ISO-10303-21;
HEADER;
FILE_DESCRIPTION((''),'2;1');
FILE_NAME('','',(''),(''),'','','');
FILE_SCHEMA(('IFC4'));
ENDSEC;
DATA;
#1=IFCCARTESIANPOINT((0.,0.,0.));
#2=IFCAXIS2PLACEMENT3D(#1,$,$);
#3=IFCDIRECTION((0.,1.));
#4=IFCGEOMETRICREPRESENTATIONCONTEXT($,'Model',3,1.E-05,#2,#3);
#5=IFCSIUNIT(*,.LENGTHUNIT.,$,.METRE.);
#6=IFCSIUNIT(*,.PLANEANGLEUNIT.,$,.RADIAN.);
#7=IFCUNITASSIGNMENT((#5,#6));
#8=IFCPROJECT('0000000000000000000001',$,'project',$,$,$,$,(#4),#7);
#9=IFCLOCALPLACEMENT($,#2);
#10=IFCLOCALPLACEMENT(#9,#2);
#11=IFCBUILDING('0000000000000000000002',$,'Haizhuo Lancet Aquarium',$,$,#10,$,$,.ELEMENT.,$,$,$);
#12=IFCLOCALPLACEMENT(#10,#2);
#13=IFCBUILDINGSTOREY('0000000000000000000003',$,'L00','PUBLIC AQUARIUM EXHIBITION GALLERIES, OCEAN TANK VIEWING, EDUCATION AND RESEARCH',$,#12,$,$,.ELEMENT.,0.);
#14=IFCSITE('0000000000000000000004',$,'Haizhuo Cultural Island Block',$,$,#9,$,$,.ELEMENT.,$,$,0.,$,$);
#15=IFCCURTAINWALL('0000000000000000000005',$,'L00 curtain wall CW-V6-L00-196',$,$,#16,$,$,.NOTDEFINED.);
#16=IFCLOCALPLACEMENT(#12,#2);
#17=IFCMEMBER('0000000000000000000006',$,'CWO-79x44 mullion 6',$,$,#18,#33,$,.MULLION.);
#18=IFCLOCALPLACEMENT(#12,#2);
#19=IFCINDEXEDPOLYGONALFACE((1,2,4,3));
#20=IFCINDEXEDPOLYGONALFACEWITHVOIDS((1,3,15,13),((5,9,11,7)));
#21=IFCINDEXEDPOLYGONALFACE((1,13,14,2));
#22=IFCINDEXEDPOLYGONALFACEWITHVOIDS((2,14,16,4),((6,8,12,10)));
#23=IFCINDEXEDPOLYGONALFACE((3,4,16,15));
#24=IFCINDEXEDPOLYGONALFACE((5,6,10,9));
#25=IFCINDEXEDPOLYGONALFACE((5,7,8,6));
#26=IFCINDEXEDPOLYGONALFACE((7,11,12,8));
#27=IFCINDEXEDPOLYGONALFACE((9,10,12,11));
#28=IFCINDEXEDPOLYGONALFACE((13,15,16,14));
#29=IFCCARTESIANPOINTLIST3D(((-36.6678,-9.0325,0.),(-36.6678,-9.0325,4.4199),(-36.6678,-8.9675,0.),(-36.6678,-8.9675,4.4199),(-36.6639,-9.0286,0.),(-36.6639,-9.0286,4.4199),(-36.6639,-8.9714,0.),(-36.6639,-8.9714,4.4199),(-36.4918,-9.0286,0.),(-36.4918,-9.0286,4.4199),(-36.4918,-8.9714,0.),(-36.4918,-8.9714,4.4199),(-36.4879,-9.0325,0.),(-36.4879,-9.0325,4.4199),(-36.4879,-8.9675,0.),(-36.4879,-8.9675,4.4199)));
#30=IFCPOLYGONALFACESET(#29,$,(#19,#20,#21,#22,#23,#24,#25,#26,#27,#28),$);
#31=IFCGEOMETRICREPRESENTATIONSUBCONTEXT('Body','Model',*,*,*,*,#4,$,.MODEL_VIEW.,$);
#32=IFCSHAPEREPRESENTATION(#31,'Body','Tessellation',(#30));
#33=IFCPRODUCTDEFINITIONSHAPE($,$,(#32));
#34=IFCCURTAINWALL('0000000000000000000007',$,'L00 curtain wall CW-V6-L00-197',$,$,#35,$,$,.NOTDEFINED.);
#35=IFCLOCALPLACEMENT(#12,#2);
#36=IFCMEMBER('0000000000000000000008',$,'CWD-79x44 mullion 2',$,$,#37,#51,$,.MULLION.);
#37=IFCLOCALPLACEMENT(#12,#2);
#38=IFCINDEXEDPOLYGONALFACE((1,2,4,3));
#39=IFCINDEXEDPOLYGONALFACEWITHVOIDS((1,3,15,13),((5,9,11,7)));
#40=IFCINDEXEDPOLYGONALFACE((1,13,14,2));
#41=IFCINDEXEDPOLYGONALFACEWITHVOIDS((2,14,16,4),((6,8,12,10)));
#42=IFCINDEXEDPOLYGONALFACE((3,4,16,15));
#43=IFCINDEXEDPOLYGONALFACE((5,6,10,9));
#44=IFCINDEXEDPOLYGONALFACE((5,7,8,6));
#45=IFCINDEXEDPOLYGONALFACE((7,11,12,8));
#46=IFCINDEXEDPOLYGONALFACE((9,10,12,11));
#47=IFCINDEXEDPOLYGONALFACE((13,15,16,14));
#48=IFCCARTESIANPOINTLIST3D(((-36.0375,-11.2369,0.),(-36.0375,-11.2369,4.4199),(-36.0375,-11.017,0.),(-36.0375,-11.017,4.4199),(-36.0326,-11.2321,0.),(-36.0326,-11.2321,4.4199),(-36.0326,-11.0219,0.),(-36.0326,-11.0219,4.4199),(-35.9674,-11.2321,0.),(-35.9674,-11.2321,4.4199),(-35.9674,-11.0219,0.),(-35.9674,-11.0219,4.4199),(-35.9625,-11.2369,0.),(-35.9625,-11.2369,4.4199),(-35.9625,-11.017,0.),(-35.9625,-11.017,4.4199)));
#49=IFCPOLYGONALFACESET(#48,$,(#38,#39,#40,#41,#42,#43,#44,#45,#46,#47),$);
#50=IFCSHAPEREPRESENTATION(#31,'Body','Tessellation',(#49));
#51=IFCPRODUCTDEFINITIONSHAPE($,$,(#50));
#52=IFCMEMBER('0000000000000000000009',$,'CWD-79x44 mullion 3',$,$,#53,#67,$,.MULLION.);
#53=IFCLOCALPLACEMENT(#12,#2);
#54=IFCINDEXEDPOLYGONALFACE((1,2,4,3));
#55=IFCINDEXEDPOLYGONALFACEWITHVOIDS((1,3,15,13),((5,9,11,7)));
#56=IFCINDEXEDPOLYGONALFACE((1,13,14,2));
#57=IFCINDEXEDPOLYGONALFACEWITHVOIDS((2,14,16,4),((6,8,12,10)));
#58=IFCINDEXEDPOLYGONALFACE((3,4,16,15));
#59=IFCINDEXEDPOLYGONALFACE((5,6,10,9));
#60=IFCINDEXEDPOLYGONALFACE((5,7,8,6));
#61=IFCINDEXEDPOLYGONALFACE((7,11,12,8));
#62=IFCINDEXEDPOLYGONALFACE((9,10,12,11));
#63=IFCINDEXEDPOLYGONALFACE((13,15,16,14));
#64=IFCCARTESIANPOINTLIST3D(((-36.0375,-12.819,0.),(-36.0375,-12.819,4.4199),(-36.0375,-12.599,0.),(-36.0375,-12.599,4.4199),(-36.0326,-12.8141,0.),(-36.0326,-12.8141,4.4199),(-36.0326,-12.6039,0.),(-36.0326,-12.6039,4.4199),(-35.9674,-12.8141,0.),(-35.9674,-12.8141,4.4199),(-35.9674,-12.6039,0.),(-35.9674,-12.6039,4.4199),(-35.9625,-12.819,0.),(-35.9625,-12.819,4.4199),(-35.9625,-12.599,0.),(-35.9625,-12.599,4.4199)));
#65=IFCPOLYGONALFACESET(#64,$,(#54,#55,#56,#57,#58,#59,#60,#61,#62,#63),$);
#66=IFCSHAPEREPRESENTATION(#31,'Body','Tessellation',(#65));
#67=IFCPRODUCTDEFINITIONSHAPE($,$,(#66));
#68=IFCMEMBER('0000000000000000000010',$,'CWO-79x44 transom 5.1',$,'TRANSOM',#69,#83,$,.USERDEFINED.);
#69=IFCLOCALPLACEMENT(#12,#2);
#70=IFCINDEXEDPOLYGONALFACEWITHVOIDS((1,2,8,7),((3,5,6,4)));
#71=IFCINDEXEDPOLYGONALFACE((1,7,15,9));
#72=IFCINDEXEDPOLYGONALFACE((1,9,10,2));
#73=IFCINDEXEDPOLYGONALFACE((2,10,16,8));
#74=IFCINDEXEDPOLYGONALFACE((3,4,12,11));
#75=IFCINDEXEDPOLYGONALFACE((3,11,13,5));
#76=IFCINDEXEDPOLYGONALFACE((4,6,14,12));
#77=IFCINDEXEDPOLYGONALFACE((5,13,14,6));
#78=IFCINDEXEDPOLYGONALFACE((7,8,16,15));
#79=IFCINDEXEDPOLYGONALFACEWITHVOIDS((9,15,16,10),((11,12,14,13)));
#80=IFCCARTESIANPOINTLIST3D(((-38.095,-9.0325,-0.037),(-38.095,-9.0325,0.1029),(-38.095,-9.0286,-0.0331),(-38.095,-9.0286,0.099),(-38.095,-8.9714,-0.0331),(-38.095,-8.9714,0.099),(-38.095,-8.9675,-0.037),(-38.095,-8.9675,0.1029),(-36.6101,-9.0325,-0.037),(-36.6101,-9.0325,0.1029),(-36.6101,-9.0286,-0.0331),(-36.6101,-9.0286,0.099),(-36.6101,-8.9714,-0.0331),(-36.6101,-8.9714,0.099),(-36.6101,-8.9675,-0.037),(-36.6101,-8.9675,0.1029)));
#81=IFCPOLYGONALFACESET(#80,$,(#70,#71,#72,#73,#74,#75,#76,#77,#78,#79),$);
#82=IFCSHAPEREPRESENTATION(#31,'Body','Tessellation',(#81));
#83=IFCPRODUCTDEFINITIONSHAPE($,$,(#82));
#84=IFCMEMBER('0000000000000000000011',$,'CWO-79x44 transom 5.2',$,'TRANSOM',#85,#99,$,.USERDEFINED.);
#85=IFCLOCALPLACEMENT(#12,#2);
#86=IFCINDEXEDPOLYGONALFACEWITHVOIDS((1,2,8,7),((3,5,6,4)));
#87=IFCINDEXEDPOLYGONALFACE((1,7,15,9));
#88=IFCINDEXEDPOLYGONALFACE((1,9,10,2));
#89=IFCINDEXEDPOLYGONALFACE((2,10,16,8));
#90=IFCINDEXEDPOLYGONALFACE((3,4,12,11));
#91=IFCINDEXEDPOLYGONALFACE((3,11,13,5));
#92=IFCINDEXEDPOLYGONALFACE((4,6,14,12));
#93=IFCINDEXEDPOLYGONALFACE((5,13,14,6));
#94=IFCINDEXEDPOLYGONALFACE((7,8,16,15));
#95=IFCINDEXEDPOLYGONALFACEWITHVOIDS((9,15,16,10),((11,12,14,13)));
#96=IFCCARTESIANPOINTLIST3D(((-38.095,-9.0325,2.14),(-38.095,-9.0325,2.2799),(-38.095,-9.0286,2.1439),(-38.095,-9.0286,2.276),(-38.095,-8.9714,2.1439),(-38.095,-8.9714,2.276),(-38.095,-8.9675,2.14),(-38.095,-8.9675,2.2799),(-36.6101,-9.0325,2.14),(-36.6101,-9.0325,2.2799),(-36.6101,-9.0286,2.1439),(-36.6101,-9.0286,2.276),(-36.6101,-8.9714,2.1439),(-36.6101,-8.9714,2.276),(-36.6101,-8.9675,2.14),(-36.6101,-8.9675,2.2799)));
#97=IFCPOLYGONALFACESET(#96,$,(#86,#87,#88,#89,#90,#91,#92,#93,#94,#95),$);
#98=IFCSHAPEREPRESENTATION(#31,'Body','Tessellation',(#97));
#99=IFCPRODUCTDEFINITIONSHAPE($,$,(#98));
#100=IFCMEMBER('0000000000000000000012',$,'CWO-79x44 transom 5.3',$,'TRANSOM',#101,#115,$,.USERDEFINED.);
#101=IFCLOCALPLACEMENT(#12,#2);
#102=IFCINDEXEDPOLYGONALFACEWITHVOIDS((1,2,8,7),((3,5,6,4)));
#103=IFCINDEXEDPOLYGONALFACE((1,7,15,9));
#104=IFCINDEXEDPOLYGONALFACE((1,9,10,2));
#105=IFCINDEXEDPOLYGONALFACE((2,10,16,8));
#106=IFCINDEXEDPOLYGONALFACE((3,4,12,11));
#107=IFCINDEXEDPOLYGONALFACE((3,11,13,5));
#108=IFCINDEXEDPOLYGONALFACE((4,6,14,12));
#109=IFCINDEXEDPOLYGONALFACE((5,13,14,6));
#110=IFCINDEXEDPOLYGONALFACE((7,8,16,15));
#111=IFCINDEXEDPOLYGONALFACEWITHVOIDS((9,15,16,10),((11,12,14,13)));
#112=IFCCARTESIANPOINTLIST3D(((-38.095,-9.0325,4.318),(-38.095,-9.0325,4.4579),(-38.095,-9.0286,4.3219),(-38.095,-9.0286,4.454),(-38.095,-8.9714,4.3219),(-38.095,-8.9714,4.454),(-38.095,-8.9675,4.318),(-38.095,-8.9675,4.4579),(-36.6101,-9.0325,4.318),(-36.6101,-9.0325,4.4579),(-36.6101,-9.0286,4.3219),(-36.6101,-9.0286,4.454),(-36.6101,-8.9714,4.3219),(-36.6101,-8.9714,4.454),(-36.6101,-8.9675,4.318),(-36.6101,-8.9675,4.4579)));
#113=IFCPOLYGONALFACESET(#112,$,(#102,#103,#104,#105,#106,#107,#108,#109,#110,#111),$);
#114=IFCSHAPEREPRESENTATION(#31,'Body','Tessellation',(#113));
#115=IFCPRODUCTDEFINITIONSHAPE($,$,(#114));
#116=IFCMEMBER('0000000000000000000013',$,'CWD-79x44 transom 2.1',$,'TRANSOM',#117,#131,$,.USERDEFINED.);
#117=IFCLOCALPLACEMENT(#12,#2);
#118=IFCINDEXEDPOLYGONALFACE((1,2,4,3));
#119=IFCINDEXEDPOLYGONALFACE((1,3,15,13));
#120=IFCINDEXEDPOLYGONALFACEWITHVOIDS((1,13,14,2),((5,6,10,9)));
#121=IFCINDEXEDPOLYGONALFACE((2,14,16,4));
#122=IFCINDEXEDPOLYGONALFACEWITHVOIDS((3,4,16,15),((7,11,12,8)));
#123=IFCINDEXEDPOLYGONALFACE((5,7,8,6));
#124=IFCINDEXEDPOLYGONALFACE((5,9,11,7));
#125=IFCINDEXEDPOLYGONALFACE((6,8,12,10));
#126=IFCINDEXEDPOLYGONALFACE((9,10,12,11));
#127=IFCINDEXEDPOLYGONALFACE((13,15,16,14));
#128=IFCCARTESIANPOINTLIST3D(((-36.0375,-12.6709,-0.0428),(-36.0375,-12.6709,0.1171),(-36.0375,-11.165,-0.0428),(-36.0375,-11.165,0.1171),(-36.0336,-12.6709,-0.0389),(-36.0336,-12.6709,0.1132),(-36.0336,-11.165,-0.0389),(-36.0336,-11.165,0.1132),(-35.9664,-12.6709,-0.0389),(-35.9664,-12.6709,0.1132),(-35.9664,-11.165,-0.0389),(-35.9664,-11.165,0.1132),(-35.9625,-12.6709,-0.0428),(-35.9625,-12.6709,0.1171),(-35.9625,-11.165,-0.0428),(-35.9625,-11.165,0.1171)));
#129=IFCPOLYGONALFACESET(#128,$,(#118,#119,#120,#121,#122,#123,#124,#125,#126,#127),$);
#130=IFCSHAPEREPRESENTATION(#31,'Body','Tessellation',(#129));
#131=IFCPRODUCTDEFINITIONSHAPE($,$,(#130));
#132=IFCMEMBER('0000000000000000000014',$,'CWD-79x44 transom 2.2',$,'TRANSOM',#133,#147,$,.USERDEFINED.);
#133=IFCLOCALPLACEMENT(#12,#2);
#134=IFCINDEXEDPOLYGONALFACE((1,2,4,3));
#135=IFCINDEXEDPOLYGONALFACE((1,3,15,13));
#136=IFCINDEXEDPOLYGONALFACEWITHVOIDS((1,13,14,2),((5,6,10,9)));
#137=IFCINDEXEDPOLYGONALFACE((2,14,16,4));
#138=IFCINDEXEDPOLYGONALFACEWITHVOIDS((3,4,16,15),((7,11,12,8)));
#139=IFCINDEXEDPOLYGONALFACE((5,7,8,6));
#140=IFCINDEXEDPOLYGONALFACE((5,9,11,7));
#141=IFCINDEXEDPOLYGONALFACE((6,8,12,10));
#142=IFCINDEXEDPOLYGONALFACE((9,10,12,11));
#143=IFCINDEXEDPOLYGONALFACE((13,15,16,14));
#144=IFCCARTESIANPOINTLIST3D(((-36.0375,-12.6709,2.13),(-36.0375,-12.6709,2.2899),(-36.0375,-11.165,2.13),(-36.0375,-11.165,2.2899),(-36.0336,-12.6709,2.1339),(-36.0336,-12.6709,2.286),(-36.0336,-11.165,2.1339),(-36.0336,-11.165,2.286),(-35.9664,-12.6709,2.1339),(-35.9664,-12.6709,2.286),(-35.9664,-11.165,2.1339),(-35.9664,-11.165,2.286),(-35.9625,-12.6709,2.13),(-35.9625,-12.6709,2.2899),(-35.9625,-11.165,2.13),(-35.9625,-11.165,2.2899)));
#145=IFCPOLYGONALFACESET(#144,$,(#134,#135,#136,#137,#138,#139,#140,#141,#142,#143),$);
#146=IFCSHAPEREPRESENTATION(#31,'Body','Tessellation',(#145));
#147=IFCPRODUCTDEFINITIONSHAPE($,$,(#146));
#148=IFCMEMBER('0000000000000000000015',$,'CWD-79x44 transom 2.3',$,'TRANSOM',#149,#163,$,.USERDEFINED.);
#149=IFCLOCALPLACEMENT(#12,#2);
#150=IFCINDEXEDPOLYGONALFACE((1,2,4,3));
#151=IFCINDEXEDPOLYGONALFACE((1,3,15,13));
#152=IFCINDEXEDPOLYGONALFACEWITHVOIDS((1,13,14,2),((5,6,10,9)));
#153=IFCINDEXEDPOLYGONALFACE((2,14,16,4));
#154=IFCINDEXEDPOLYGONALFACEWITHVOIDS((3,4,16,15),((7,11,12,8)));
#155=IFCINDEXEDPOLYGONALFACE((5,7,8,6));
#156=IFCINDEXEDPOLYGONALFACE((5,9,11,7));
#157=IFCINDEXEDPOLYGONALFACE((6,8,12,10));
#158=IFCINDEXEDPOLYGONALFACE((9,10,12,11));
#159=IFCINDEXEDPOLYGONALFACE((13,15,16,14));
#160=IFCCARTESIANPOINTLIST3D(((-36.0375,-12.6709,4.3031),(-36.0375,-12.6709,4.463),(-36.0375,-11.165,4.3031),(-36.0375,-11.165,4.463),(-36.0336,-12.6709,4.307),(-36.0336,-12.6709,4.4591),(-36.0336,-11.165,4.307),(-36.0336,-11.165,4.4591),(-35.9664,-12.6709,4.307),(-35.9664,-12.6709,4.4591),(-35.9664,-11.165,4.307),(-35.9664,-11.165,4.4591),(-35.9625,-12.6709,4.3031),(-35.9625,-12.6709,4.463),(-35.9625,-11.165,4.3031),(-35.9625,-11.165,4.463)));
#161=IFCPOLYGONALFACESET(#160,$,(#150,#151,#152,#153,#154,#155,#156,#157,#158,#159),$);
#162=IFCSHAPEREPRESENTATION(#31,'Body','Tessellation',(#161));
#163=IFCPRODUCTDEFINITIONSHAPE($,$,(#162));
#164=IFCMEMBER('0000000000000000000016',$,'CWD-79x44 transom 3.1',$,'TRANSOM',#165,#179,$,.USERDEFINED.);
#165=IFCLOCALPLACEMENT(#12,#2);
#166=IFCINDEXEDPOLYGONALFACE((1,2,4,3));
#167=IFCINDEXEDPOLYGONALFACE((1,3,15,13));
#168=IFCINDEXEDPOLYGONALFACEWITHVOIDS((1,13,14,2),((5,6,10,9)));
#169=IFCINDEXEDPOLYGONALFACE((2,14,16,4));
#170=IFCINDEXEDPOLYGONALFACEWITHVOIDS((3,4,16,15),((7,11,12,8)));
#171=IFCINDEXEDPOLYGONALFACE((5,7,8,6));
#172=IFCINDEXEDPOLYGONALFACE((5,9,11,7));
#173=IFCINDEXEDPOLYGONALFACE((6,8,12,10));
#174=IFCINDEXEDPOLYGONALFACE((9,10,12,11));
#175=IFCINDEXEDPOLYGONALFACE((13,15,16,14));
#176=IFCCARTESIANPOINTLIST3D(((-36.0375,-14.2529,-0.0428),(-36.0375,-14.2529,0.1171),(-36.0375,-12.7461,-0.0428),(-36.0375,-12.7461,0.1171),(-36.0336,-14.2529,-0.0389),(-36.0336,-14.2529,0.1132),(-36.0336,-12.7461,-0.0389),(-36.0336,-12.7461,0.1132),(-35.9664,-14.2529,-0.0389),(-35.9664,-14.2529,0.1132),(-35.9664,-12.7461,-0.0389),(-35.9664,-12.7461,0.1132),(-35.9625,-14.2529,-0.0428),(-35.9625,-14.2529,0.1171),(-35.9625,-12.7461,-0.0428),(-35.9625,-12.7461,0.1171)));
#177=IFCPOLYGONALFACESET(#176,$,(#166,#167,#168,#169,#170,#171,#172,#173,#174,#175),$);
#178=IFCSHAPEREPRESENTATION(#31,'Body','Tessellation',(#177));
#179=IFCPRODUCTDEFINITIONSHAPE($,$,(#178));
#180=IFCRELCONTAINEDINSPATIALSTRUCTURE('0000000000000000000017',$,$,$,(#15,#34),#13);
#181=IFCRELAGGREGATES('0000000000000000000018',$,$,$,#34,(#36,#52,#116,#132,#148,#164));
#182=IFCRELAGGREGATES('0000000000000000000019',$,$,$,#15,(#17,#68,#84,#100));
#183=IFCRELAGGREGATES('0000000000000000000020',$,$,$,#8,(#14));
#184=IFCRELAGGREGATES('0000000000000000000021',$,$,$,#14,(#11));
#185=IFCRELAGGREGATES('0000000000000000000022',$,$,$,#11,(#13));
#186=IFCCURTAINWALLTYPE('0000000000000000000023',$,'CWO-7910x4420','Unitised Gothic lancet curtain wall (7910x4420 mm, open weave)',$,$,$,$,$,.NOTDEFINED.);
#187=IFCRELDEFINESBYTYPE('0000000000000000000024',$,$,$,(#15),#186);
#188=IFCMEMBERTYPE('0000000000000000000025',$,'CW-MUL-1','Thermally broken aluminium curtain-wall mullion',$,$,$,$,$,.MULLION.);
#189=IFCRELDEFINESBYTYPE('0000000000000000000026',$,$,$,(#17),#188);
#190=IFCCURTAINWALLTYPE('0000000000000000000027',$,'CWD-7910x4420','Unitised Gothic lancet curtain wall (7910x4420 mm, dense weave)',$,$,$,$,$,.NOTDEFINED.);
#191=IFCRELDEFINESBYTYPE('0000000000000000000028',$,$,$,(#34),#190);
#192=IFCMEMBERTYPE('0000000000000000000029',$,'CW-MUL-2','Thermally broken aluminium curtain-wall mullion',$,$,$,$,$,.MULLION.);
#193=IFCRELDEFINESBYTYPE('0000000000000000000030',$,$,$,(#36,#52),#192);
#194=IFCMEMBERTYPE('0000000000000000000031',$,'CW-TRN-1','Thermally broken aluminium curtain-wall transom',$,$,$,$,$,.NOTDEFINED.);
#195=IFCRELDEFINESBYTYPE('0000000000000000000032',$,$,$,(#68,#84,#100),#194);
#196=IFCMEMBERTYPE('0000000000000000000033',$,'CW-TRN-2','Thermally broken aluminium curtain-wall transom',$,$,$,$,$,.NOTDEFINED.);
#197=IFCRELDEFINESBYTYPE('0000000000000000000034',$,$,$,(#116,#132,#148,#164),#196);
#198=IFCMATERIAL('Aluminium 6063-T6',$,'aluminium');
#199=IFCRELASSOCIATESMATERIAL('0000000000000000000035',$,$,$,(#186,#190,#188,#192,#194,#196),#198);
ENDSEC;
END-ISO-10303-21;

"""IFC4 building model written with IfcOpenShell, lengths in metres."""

from ifc_helpers import new_model, si_unit, direction, frame, origin, origin_2d, place, context, subcontext, project, spatial, hollow_rectangle, extrude, material, material_profile, profile_set, type_object, element, aggregate, save


model = new_model("IFC4")

# Units and contexts
model_context = context("Model", 3, precision=1e-05, world=origin(), true_north=direction((0.0, 1.0)))
body_context = subcontext(model_context, "Body", "Model", "MODEL_VIEW")
ifc_project = project(units=[si_unit("LENGTHUNIT", "METRE"), si_unit("PLANEANGLEUNIT", "RADIAN")], contexts=[model_context])

# Site, building, storey
site_placement = place(None, origin())
site = spatial("IfcSite", under=ifc_project, at=site_placement, Name="Haizhuo Cultural Island Block", CompositionType="ELEMENT", RefElevation=0.0)
building_placement = place(site_placement, origin())
building = spatial("IfcBuilding", under=site, at=building_placement, Name="Haizhuo Lancet Aquarium", CompositionType="ELEMENT")
storey_placement = place(building_placement, origin())
storey = spatial("IfcBuildingStorey", under=building, at=storey_placement, Name="L00", Description="PUBLIC AQUARIUM EXHIBITION GALLERIES, OCEAN TANK VIEWING, EDUCATION AND RESEARCH", CompositionType="ELEMENT", Elevation=0.0)

# Curtain wall, member
ifc_material_1 = material(Name="Aluminium 6063-T6", Category="aluminium")
curtain_wall_type_1 = type_object("IfcCurtainWallType", Name="CWO-7910x4420", Description="Unitised Gothic lancet curtain wall (7910x4420 mm, open weave)", PredefinedType="NOTDEFINED", material=ifc_material_1)
curtain_wall_1_placement = place(storey_placement, origin())
curtain_wall_1 = element("IfcCurtainWall", 1, at=curtain_wall_1_placement, inside=storey, type_object=curtain_wall_type_1, Name="L00 curtain wall CW-V6-L00-196", PredefinedType="NOTDEFINED")
ifc_material_profile_1 = material_profile(ifc_material_1, hollow_rectangle(XDim=0.0649, YDim=0.1799, WallThickness=0.0039, at=origin_2d()), Name="ALU-M 65x180x4")
ifc_profile_set_1 = profile_set([ifc_material_profile_1], Name="Aluminium 6063-T6")
member_type_1 = type_object("IfcMemberType", Name="CW-MUL-1", Description="Thermally broken aluminium curtain-wall mullion", PredefinedType="MULLION", material=ifc_profile_set_1)
member_1_placement = place(storey_placement, frame((-36.5779, -9.0, 0.0), z_axis=(0.0, 0.0, 1.0), x_axis=(0.0, 1.0, 0.0)))
member_1 = element("IfcMember", 2, at=member_1_placement, type_object=member_type_1, Name="CWO-79x44 mullion 6", PredefinedType="MULLION", context=body_context, shape_type="SweptSolid", body=[
    extrude(hollow_rectangle(XDim=0.0649, YDim=0.1799, WallThickness=0.0039, at=origin_2d()), origin(), (0.0, 0.0, 1.0), 4.4199),
])

# Curtain wall, members
curtain_wall_type_2 = type_object("IfcCurtainWallType", Name="CWD-7910x4420", Description="Unitised Gothic lancet curtain wall (7910x4420 mm, dense weave)", PredefinedType="NOTDEFINED", material=ifc_material_1)
curtain_wall_2_placement = place(storey_placement, origin())
curtain_wall_2 = element("IfcCurtainWall", 3, at=curtain_wall_2_placement, inside=storey, type_object=curtain_wall_type_2, Name="L00 curtain wall CW-V6-L00-197", PredefinedType="NOTDEFINED")
ifc_material_profile_2 = material_profile(ifc_material_1, hollow_rectangle(XDim=0.075, YDim=0.22, WallThickness=0.0049, at=origin_2d()), Name="ALU-M 75x220x5")
ifc_profile_set_2 = profile_set([ifc_material_profile_2], Name="Aluminium 6063-T6")
member_type_2 = type_object("IfcMemberType", Name="CW-MUL-2", Description="Thermally broken aluminium curtain-wall mullion", PredefinedType="MULLION", material=ifc_profile_set_2)
member_2_placement = place(storey_placement, frame((-36.0, -11.127, 0.0), z_axis=(0.0, 0.0, 1.0), x_axis=(1.0, 0.0, 0.0)))
member_2 = element("IfcMember", 4, at=member_2_placement, type_object=member_type_2, Name="CWD-79x44 mullion 2", PredefinedType="MULLION", context=body_context, shape_type="SweptSolid", body=[
    extrude(hollow_rectangle(XDim=0.075, YDim=0.22, WallThickness=0.0049, at=origin_2d()), origin(), (0.0, 0.0, 1.0), 4.4199),
])
member_3_placement = place(storey_placement, frame((-36.0, -12.709, 0.0), z_axis=(0.0, 0.0, 1.0), x_axis=(1.0, 0.0, 0.0)))
member_3 = element("IfcMember", 5, at=member_3_placement, type_object=member_type_2, Name="CWD-79x44 mullion 3", PredefinedType="MULLION", context=body_context, shape_type="SweptSolid", body=[
    extrude(hollow_rectangle(XDim=0.075, YDim=0.22, WallThickness=0.0049, at=origin_2d()), origin(), (0.0, 0.0, 1.0), 4.4199),
])

# Members
ifc_material_profile_3 = material_profile(ifc_material_1, hollow_rectangle(XDim=0.0649, YDim=0.1399, WallThickness=0.0039, at=origin_2d()), Name="ALU-T 65x140x4")
ifc_profile_set_3 = profile_set([ifc_material_profile_3], Name="Aluminium 6063-T6")
member_type_3 = type_object("IfcMemberType", Name="CW-TRN-1", Description="Thermally broken aluminium curtain-wall transom", PredefinedType="NOTDEFINED", material=ifc_profile_set_3)
member_4_placement = place(storey_placement, frame((-38.095, -9.0, 0.033), z_axis=(1.0, 0.0, 0.0), x_axis=(0.0, 1.0, 0.0)))
member_4 = element("IfcMember", 6, at=member_4_placement, type_object=member_type_3, Name="CWO-79x44 transom 5.1", ObjectType="TRANSOM", PredefinedType="USERDEFINED", context=body_context, shape_type="SweptSolid", body=[
    extrude(hollow_rectangle(XDim=0.0649, YDim=0.1399, WallThickness=0.0039, at=origin_2d()), origin(), (0.0, 0.0, 1.0), 1.4849),
])
member_5_placement = place(storey_placement, frame((-38.095, -9.0, 2.21), z_axis=(1.0, 0.0, 0.0), x_axis=(0.0, 1.0, 0.0)))
member_5 = element("IfcMember", 7, at=member_5_placement, type_object=member_type_3, Name="CWO-79x44 transom 5.2", ObjectType="TRANSOM", PredefinedType="USERDEFINED", context=body_context, shape_type="SweptSolid", body=[
    extrude(hollow_rectangle(XDim=0.0649, YDim=0.1399, WallThickness=0.0039, at=origin_2d()), origin(), (0.0, 0.0, 1.0), 1.4849),
])
member_6_placement = place(storey_placement, frame((-38.095, -9.0, 4.3879), z_axis=(1.0, 0.0, 0.0), x_axis=(0.0, 1.0, 0.0)))
member_6 = element("IfcMember", 8, at=member_6_placement, type_object=member_type_3, Name="CWO-79x44 transom 5.3", ObjectType="TRANSOM", PredefinedType="USERDEFINED", context=body_context, shape_type="SweptSolid", body=[
    extrude(hollow_rectangle(XDim=0.0649, YDim=0.1399, WallThickness=0.0039, at=origin_2d()), origin(), (0.0, 0.0, 1.0), 1.4849),
])
ifc_material_profile_4 = material_profile(ifc_material_1, hollow_rectangle(XDim=0.075, YDim=0.1599, WallThickness=0.0039, at=origin_2d()), Name="ALU-T 75x160x4")
ifc_profile_set_4 = profile_set([ifc_material_profile_4], Name="Aluminium 6063-T6")
member_type_4 = type_object("IfcMemberType", Name="CW-TRN-2", Description="Thermally broken aluminium curtain-wall transom", PredefinedType="NOTDEFINED", material=ifc_profile_set_4)
member_7_placement = place(storey_placement, frame((-36.0, -11.165, 0.0371), z_axis=(0.0, -1.0, 0.0), x_axis=(1.0, 0.0, 0.0)))
member_7 = element("IfcMember", 9, at=member_7_placement, type_object=member_type_4, Name="CWD-79x44 transom 2.1", ObjectType="TRANSOM", PredefinedType="USERDEFINED", context=body_context, shape_type="SweptSolid", body=[
    extrude(hollow_rectangle(XDim=0.075, YDim=0.1599, WallThickness=0.0039, at=origin_2d()), origin(), (0.0, 0.0, 1.0), 1.5059),
])
member_8_placement = place(storey_placement, frame((-36.0, -11.165, 2.21), z_axis=(0.0, -1.0, 0.0), x_axis=(1.0, 0.0, 0.0)))
member_8 = element("IfcMember", 10, at=member_8_placement, type_object=member_type_4, Name="CWD-79x44 transom 2.2", ObjectType="TRANSOM", PredefinedType="USERDEFINED", context=body_context, shape_type="SweptSolid", body=[
    extrude(hollow_rectangle(XDim=0.075, YDim=0.1599, WallThickness=0.0039, at=origin_2d()), origin(), (0.0, 0.0, 1.0), 1.5059),
])
member_9_placement = place(storey_placement, frame((-36.0, -11.165, 4.3831), z_axis=(0.0, -1.0, 0.0), x_axis=(1.0, 0.0, 0.0)))
member_9 = element("IfcMember", 11, at=member_9_placement, type_object=member_type_4, Name="CWD-79x44 transom 2.3", ObjectType="TRANSOM", PredefinedType="USERDEFINED", context=body_context, shape_type="SweptSolid", body=[
    extrude(hollow_rectangle(XDim=0.075, YDim=0.1599, WallThickness=0.0039, at=origin_2d()), origin(), (0.0, 0.0, 1.0), 1.5059),
])
member_10_placement = place(storey_placement, frame((-36.0, -12.7461, 0.0371), z_axis=(0.0, -1.0, 0.0), x_axis=(1.0, 0.0, 0.0)))
member_10 = element("IfcMember", 12, at=member_10_placement, type_object=member_type_4, Name="CWD-79x44 transom 3.1", ObjectType="TRANSOM", PredefinedType="USERDEFINED", context=body_context, shape_type="SweptSolid", body=[
    extrude(hollow_rectangle(XDim=0.075, YDim=0.1599, WallThickness=0.0039, at=origin_2d()), origin(), (0.0, 0.0, 1.0), 1.5068),
])

aggregate(curtain_wall_2, [member_2, member_3, member_7, member_8, member_9, member_10])
aggregate(curtain_wall_1, [member_1, member_4, member_5, member_6])

save(model, "model.ifc")
